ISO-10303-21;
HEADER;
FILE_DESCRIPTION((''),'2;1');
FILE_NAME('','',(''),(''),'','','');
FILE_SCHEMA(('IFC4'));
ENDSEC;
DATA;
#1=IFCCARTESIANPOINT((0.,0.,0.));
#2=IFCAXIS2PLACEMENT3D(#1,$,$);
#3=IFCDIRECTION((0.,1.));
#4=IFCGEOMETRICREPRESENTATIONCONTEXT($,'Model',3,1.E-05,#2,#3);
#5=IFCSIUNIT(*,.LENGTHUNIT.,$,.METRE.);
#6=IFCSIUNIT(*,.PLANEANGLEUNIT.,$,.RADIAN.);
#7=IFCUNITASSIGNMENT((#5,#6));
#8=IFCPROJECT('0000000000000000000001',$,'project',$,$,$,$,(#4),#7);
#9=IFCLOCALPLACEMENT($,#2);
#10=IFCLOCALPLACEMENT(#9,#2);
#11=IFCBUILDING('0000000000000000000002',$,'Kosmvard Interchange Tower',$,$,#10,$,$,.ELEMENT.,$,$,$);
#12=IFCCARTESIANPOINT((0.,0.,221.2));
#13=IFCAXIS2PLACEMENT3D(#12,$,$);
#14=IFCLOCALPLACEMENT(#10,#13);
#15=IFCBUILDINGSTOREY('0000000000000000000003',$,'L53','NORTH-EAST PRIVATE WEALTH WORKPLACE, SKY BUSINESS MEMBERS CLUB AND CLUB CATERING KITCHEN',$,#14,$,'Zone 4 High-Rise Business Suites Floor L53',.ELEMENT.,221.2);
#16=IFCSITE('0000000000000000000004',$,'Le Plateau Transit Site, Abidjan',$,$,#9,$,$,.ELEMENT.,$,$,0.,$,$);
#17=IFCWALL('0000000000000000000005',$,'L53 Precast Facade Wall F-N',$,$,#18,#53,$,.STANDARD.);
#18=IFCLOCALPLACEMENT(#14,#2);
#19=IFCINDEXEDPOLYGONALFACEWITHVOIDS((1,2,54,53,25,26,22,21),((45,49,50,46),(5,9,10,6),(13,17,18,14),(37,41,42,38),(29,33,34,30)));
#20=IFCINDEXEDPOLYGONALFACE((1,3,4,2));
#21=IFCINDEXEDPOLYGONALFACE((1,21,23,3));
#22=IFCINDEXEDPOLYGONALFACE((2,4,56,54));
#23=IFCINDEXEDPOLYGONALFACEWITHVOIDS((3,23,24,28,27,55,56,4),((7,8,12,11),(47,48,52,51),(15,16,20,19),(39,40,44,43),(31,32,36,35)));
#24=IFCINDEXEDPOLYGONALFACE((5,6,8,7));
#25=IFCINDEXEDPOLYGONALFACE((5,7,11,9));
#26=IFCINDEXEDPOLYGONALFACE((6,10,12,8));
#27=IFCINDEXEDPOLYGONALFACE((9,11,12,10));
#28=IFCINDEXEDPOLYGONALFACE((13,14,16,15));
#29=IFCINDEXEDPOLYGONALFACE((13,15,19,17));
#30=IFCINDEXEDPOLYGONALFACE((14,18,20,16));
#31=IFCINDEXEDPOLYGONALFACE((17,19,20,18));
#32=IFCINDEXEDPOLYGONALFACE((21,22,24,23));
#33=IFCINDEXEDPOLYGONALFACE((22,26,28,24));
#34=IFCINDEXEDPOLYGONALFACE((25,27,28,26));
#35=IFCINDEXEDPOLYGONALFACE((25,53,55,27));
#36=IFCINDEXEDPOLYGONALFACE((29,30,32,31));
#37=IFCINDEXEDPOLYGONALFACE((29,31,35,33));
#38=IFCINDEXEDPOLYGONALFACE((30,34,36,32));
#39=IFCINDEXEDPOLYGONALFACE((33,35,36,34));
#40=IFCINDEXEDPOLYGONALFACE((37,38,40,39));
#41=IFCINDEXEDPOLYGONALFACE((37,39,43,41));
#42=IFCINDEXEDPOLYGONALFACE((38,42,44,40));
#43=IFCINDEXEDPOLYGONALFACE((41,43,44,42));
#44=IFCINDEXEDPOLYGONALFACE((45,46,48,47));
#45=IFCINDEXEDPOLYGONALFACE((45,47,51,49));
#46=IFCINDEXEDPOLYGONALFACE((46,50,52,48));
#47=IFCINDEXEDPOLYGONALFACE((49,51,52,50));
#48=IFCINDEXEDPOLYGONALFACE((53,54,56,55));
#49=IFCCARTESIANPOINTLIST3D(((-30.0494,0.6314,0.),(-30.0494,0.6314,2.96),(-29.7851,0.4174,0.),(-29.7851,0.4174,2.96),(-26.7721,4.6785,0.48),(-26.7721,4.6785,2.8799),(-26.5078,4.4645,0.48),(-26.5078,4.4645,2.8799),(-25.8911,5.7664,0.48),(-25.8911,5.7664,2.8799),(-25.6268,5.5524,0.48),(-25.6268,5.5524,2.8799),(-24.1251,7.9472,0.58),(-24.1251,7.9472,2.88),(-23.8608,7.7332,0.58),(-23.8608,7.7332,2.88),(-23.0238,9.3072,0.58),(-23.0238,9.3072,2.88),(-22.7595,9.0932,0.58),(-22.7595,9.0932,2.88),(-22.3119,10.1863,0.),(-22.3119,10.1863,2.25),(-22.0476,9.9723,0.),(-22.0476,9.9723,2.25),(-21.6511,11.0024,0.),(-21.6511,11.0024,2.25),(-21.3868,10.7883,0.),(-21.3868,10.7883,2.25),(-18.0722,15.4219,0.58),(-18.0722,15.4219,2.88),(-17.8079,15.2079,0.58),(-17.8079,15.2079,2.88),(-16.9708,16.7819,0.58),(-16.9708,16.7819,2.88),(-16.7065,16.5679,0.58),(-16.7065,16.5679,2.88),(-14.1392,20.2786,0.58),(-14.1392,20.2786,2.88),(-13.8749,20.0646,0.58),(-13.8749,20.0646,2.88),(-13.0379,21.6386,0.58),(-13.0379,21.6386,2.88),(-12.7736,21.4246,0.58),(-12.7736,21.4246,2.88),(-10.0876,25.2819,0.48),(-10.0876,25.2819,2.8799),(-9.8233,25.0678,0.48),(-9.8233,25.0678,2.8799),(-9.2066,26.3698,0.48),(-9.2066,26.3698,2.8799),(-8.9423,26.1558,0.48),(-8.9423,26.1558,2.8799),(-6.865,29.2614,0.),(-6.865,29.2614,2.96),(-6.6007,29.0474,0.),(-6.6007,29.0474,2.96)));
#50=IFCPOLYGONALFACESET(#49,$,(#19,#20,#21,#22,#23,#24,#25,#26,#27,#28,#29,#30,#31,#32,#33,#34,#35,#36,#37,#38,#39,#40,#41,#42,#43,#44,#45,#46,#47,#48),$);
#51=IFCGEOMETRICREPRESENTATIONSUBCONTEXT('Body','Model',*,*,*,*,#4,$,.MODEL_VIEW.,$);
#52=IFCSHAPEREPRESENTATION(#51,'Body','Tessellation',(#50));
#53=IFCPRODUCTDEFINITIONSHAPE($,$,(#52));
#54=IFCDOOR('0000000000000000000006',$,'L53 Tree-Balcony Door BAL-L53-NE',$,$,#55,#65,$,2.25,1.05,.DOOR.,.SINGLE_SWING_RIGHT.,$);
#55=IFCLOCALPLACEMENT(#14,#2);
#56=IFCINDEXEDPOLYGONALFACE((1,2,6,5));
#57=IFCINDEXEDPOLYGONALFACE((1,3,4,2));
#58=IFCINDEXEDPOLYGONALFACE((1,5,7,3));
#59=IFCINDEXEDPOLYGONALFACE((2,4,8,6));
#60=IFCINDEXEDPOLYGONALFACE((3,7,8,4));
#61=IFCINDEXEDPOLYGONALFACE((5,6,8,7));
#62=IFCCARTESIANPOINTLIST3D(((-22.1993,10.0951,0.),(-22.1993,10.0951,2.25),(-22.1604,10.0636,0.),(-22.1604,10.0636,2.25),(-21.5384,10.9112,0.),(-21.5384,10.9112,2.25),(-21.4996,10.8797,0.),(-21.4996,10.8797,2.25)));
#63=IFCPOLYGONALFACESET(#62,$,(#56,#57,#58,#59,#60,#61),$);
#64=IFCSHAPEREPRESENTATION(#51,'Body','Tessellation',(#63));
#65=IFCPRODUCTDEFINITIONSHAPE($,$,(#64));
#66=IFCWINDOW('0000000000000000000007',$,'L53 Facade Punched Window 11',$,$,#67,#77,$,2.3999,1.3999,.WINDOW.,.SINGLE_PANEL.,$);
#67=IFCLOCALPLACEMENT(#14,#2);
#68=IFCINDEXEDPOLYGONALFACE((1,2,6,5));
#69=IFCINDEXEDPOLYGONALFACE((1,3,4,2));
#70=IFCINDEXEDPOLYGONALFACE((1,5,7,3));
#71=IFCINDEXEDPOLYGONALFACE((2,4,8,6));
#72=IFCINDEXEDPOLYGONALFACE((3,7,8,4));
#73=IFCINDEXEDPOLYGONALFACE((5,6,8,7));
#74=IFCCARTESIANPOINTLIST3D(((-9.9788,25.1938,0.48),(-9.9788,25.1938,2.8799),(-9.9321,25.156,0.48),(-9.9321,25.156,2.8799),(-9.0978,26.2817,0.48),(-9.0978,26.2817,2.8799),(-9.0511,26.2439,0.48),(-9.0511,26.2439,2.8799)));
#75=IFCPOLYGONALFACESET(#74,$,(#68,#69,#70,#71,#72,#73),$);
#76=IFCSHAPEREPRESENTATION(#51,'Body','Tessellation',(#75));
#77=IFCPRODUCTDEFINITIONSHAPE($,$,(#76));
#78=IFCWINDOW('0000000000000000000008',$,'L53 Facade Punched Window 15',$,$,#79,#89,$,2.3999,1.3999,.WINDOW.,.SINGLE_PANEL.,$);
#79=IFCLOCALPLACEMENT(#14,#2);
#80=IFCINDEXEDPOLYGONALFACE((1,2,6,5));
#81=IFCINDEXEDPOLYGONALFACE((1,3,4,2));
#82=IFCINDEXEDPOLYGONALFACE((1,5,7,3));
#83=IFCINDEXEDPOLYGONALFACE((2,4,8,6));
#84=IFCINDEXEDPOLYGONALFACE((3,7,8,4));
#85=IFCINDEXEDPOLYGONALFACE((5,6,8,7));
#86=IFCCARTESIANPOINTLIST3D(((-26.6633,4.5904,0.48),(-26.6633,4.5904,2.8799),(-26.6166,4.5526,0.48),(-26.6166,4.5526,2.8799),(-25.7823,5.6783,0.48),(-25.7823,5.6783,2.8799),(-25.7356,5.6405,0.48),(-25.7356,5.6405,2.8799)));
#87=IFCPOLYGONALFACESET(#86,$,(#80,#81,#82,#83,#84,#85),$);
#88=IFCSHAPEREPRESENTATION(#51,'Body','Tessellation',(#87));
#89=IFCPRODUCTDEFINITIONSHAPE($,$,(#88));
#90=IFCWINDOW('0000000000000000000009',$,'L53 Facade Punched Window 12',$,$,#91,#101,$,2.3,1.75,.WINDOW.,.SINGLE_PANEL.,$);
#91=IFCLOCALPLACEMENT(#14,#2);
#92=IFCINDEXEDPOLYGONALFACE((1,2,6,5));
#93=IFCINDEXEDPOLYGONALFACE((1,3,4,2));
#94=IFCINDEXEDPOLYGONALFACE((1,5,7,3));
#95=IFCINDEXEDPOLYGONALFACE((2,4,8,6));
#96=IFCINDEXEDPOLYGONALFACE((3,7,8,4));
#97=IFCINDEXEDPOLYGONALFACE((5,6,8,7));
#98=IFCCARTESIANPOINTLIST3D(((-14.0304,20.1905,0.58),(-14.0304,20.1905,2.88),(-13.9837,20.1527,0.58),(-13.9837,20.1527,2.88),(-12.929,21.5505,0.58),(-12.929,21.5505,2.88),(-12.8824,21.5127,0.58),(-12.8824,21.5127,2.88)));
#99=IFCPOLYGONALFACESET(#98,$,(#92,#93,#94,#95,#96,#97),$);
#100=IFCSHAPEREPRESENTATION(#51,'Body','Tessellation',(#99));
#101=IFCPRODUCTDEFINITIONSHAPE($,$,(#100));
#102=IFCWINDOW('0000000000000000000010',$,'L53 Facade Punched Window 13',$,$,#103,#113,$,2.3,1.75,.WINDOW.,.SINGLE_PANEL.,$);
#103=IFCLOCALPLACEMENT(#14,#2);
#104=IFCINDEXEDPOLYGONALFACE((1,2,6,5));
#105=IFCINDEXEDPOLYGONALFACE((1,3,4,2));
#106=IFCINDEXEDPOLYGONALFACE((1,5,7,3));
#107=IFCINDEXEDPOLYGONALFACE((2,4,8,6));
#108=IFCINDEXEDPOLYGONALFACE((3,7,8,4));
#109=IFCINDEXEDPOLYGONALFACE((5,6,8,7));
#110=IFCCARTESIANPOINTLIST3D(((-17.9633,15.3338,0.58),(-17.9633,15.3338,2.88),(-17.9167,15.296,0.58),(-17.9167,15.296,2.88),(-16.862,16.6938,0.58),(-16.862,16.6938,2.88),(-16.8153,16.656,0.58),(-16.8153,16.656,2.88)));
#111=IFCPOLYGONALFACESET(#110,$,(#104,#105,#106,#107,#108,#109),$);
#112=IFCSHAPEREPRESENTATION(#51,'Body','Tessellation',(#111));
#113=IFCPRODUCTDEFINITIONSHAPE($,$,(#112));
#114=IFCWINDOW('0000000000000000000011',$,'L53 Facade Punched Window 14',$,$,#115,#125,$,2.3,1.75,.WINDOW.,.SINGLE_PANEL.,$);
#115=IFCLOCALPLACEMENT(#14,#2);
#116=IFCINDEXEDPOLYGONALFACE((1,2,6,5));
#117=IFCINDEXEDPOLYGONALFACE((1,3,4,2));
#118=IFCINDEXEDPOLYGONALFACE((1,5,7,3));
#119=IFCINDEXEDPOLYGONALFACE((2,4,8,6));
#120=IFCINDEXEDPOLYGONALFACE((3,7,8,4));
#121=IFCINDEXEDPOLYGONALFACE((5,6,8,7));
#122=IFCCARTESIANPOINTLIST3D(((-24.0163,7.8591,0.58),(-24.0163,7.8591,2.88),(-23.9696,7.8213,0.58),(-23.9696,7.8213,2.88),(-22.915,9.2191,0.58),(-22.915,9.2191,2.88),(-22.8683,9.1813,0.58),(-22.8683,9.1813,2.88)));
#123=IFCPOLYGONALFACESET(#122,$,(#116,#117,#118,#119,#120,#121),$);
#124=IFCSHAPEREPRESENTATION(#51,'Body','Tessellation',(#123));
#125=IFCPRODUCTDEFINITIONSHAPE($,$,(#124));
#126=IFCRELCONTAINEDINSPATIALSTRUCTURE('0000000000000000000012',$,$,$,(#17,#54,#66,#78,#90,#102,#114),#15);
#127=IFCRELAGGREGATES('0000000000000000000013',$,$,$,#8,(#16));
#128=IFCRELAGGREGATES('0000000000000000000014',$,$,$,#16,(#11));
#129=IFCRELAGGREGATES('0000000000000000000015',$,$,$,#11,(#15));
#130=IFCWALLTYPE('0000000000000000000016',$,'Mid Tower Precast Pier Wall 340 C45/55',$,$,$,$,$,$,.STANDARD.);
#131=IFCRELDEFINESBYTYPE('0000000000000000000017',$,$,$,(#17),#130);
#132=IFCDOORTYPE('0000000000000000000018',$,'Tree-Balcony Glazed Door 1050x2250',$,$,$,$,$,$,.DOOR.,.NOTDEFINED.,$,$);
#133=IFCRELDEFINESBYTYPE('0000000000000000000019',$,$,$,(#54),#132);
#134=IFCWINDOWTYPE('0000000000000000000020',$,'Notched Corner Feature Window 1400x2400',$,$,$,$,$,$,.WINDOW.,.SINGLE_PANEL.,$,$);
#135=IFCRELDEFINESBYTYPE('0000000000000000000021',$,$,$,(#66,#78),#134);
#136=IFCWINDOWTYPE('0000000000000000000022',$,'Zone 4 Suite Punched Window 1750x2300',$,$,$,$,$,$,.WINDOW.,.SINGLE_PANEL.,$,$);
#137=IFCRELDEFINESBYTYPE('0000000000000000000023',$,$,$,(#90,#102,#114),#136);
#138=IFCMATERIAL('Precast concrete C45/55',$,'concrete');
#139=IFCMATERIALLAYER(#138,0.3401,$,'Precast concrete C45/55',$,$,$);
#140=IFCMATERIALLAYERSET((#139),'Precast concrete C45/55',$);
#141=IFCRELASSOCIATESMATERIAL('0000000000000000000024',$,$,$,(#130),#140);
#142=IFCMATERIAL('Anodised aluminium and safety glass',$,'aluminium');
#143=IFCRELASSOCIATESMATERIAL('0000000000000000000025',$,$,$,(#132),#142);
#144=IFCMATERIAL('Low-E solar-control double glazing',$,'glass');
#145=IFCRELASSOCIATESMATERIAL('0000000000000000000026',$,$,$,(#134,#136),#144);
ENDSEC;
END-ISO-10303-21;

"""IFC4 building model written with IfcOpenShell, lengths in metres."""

from ifc_helpers import new_model, si_unit, direction, frame, frame_2d, origin, place, context, subcontext, project, spatial, rectangle, extrude, source, transform, mapped, material, layer, layer_set, type_object, element, fill, save


model = new_model("IFC4")

# Units and contexts
model_context = context("Model", 3, precision=1e-05, world=origin(), true_north=direction((0.0, 1.0)))
body_context = subcontext(model_context, "Body", "Model", "MODEL_VIEW")
ifc_project = project(units=[si_unit("LENGTHUNIT", "METRE"), si_unit("PLANEANGLEUNIT", "RADIAN")], contexts=[model_context])

# Site, building, storey
site_placement = place(None, origin())
site = spatial("IfcSite", under=ifc_project, at=site_placement, Name="Le Plateau Transit Site, Abidjan", CompositionType="ELEMENT", RefElevation=0.0)
building_placement = place(site_placement, origin())
building = spatial("IfcBuilding", under=site, at=building_placement, Name="Kosmvard Interchange Tower", CompositionType="ELEMENT")
storey_placement = place(building_placement, frame((0.0, 0.0, 221.2)))
storey = spatial("IfcBuildingStorey", under=building, at=storey_placement, Name="L53", Description="NORTH-EAST PRIVATE WEALTH WORKPLACE, SKY BUSINESS MEMBERS CLUB AND CLUB CATERING KITCHEN", LongName="Zone 4 High-Rise Business Suites Floor L53", CompositionType="ELEMENT", Elevation=221.2)

# Shared definitions
ifc_material_1 = material(Name="Precast concrete C45/55", Category="concrete")
ifc_layer_1 = layer(ifc_material_1, 0.3401, Name="Precast concrete C45/55")
ifc_layer_set_1 = layer_set([ifc_layer_1], Name="Precast concrete C45/55")
wall_type = type_object("IfcWallType", Name="Mid Tower Precast Pier Wall 340 C45/55", PredefinedType="STANDARD", material=ifc_layer_set_1)

# Wall, openings, door, windows
wall_1_placement = place(storey_placement, frame((-6.7329, 29.1543, 0.0), z_axis=(0.0, 0.0, 1.0), x_axis=(-0.629325, -0.777142, 0.0)))
wall_1 = element("IfcWall", 1, at=wall_1_placement, inside=storey, type_object=wall_type, Name="L53 Precast Facade Wall F-N", PredefinedType="STANDARD", context=body_context, shape_type="SweptSolid", body=[
    extrude(rectangle(XDim=36.8401, YDim=0.3401, at=frame_2d((18.4199, 0.0))), origin(), (0.0, 0.0, 1.0), 2.96),
])
opening_1_placement = place(wall_1_placement, frame((23.4951, 0.0, 0.0)))
opening_1 = element("IfcOpeningElement", 2, at=opening_1_placement, cuts=wall_1, PredefinedType="OPENING", context=body_context, shape_type="SweptSolid", body=[
    extrude(rectangle(XDim=1.05, YDim=2.25, at=frame_2d((0.5249, 1.125))), frame((0.0, 0.1802, 0.0), z_axis=(0.0, -1.0, 0.0), x_axis=(1.0, 0.0, 0.0)), (0.0, 0.0, 1.0), 0.3601),
])
opening_2_placement = place(wall_1_placement, frame((3.7207, 0.0, 0.48)))
opening_2 = element("IfcOpeningElement", 3, at=opening_2_placement, cuts=wall_1, PredefinedType="OPENING", context=body_context, shape_type="SweptSolid", body=[
    extrude(rectangle(XDim=1.3999, YDim=2.3999, at=frame_2d((0.7, 1.2))), frame((0.0, 0.1802, 0.0), z_axis=(0.0, -1.0, 0.0), x_axis=(1.0, 0.0, 0.0)), (0.0, 0.0, 1.0), 0.3601),
])
opening_3_placement = place(wall_1_placement, frame((9.8086, 0.0, 0.5801)))
opening_3 = element("IfcOpeningElement", 4, at=opening_3_placement, cuts=wall_1, PredefinedType="OPENING", context=body_context, shape_type="SweptSolid", body=[
    extrude(rectangle(XDim=1.75, YDim=2.3, at=frame_2d((0.875, 1.1499))), frame((0.0, 0.1802, 0.0), z_axis=(0.0, -1.0, 0.0), x_axis=(1.0, 0.0, 0.0)), (0.0, 0.0, 1.0), 0.3601),
])
opening_4_placement = place(wall_1_placement, frame((16.0581, 0.0, 0.5801)))
opening_4 = element("IfcOpeningElement", 5, at=opening_4_placement, cuts=wall_1, PredefinedType="OPENING", context=body_context, shape_type="SweptSolid", body=[
    extrude(rectangle(XDim=1.75, YDim=2.3, at=frame_2d((0.875, 1.1499))), frame((0.0, 0.1802, 0.0), z_axis=(0.0, -1.0, 0.0), x_axis=(1.0, 0.0, 0.0)), (0.0, 0.0, 1.0), 0.3601),
])
opening_5_placement = place(wall_1_placement, frame((25.6763, 0.0, 0.5801)))
opening_5 = element("IfcOpeningElement", 6, at=opening_5_placement, cuts=wall_1, PredefinedType="OPENING", context=body_context, shape_type="SweptSolid", body=[
    extrude(rectangle(XDim=1.75, YDim=2.3, at=frame_2d((0.875, 1.1499))), frame((0.0, 0.1802, 0.0), z_axis=(0.0, -1.0, 0.0), x_axis=(1.0, 0.0, 0.0)), (0.0, 0.0, 1.0), 0.3601),
])
opening_6_placement = place(wall_1_placement, frame((30.2324, 0.0, 0.48)))
opening_6 = element("IfcOpeningElement", 7, at=opening_6_placement, cuts=wall_1, PredefinedType="OPENING", context=body_context, shape_type="SweptSolid", body=[
    extrude(rectangle(XDim=1.3999, YDim=2.3999, at=frame_2d((0.7, 1.2))), frame((0.0, 0.1802, 0.0), z_axis=(0.0, -1.0, 0.0), x_axis=(1.0, 0.0, 0.0)), (0.0, 0.0, 1.0), 0.3601),
])
ifc_material_2 = material(Name="Anodised aluminium and safety glass", Category="aluminium")
door_type = type_object("IfcDoorType", Name="Tree-Balcony Glazed Door 1050x2250", OperationType="NOTDEFINED", PredefinedType="DOOR", material=ifc_material_2)
shared_shape_1 = source(origin(), body_context, "Body", "SweptSolid", [
    extrude(rectangle(XDim=1.05, YDim=2.25, at=frame_2d((0.5249, 1.125))), frame((0.0, 0.0249, 0.0), z_axis=(0.0, -1.0, 0.0), x_axis=(1.0, 0.0, 0.0)), (0.0, 0.0, 1.0), 0.05),
])
door_placement = place(opening_1_placement, origin())
door = element("IfcDoor", 8, at=door_placement, inside=storey, type_object=door_type, Name="L53 Tree-Balcony Door BAL-L53-NE", OperationType="SINGLE_SWING_RIGHT", OverallHeight=2.25, OverallWidth=1.05, PredefinedType="DOOR", context=body_context, shape_type="MappedRepresentation", body=[
    mapped(shared_shape_1, transform((0.0, 0.0, 0.0), scale=1.0)),
])
fill(opening_1, door)
ifc_material_3 = material(Name="Low-E solar-control double glazing", Category="glass")
window_type_1 = type_object("IfcWindowType", Name="Notched Corner Feature Window 1400x2400", PartitioningType="SINGLE_PANEL", PredefinedType="WINDOW", material=ifc_material_3)
shared_shape_2 = source(origin(), body_context, "Body", "SweptSolid", [
    extrude(rectangle(XDim=1.3999, YDim=2.3999, at=frame_2d((0.7, 1.2))), frame((0.0, 0.03, 0.0), z_axis=(0.0, -1.0, 0.0), x_axis=(1.0, 0.0, 0.0)), (0.0, 0.0, 1.0), 0.0601),
])
window_1_placement = place(opening_2_placement, origin())
window_1 = element("IfcWindow", 9, at=window_1_placement, inside=storey, type_object=window_type_1, Name="L53 Facade Punched Window 11", OverallHeight=2.3999, OverallWidth=1.3999, PartitioningType="SINGLE_PANEL", PredefinedType="WINDOW", context=body_context, shape_type="MappedRepresentation", body=[
    mapped(shared_shape_2, transform((0.0, 0.0, 0.0), scale=1.0)),
])
fill(opening_2, window_1)
window_2_placement = place(opening_6_placement, origin())
window_2 = element("IfcWindow", 10, at=window_2_placement, inside=storey, type_object=window_type_1, Name="L53 Facade Punched Window 15", OverallHeight=2.3999, OverallWidth=1.3999, PartitioningType="SINGLE_PANEL", PredefinedType="WINDOW", context=body_context, shape_type="MappedRepresentation", body=[
    mapped(shared_shape_2, transform((0.0, 0.0, 0.0), scale=1.0)),
])
fill(opening_6, window_2)
window_type_2 = type_object("IfcWindowType", Name="Zone 4 Suite Punched Window 1750x2300", PartitioningType="SINGLE_PANEL", PredefinedType="WINDOW", material=ifc_material_3)
shared_shape_3 = source(origin(), body_context, "Body", "SweptSolid", [
    extrude(rectangle(XDim=1.75, YDim=2.3, at=frame_2d((0.875, 1.1499))), frame((0.0, 0.03, 0.0), z_axis=(0.0, -1.0, 0.0), x_axis=(1.0, 0.0, 0.0)), (0.0, 0.0, 1.0), 0.0601),
])
window_3_placement = place(opening_3_placement, origin())
window_3 = element("IfcWindow", 11, at=window_3_placement, inside=storey, type_object=window_type_2, Name="L53 Facade Punched Window 12", OverallHeight=2.3, OverallWidth=1.75, PartitioningType="SINGLE_PANEL", PredefinedType="WINDOW", context=body_context, shape_type="MappedRepresentation", body=[
    mapped(shared_shape_3, transform((0.0, 0.0, 0.0), scale=1.0)),
])
fill(opening_3, window_3)
window_4_placement = place(opening_4_placement, origin())
window_4 = element("IfcWindow", 12, at=window_4_placement, inside=storey, type_object=window_type_2, Name="L53 Facade Punched Window 13", OverallHeight=2.3, OverallWidth=1.75, PartitioningType="SINGLE_PANEL", PredefinedType="WINDOW", context=body_context, shape_type="MappedRepresentation", body=[
    mapped(shared_shape_3, transform((0.0, 0.0, 0.0), scale=1.0)),
])
fill(opening_4, window_4)
window_5_placement = place(opening_5_placement, origin())
window_5 = element("IfcWindow", 13, at=window_5_placement, inside=storey, type_object=window_type_2, Name="L53 Facade Punched Window 14", OverallHeight=2.3, OverallWidth=1.75, PartitioningType="SINGLE_PANEL", PredefinedType="WINDOW", context=body_context, shape_type="MappedRepresentation", body=[
    mapped(shared_shape_3, transform((0.0, 0.0, 0.0), scale=1.0)),
])
fill(opening_5, window_5)

save(model, "model.ifc")
